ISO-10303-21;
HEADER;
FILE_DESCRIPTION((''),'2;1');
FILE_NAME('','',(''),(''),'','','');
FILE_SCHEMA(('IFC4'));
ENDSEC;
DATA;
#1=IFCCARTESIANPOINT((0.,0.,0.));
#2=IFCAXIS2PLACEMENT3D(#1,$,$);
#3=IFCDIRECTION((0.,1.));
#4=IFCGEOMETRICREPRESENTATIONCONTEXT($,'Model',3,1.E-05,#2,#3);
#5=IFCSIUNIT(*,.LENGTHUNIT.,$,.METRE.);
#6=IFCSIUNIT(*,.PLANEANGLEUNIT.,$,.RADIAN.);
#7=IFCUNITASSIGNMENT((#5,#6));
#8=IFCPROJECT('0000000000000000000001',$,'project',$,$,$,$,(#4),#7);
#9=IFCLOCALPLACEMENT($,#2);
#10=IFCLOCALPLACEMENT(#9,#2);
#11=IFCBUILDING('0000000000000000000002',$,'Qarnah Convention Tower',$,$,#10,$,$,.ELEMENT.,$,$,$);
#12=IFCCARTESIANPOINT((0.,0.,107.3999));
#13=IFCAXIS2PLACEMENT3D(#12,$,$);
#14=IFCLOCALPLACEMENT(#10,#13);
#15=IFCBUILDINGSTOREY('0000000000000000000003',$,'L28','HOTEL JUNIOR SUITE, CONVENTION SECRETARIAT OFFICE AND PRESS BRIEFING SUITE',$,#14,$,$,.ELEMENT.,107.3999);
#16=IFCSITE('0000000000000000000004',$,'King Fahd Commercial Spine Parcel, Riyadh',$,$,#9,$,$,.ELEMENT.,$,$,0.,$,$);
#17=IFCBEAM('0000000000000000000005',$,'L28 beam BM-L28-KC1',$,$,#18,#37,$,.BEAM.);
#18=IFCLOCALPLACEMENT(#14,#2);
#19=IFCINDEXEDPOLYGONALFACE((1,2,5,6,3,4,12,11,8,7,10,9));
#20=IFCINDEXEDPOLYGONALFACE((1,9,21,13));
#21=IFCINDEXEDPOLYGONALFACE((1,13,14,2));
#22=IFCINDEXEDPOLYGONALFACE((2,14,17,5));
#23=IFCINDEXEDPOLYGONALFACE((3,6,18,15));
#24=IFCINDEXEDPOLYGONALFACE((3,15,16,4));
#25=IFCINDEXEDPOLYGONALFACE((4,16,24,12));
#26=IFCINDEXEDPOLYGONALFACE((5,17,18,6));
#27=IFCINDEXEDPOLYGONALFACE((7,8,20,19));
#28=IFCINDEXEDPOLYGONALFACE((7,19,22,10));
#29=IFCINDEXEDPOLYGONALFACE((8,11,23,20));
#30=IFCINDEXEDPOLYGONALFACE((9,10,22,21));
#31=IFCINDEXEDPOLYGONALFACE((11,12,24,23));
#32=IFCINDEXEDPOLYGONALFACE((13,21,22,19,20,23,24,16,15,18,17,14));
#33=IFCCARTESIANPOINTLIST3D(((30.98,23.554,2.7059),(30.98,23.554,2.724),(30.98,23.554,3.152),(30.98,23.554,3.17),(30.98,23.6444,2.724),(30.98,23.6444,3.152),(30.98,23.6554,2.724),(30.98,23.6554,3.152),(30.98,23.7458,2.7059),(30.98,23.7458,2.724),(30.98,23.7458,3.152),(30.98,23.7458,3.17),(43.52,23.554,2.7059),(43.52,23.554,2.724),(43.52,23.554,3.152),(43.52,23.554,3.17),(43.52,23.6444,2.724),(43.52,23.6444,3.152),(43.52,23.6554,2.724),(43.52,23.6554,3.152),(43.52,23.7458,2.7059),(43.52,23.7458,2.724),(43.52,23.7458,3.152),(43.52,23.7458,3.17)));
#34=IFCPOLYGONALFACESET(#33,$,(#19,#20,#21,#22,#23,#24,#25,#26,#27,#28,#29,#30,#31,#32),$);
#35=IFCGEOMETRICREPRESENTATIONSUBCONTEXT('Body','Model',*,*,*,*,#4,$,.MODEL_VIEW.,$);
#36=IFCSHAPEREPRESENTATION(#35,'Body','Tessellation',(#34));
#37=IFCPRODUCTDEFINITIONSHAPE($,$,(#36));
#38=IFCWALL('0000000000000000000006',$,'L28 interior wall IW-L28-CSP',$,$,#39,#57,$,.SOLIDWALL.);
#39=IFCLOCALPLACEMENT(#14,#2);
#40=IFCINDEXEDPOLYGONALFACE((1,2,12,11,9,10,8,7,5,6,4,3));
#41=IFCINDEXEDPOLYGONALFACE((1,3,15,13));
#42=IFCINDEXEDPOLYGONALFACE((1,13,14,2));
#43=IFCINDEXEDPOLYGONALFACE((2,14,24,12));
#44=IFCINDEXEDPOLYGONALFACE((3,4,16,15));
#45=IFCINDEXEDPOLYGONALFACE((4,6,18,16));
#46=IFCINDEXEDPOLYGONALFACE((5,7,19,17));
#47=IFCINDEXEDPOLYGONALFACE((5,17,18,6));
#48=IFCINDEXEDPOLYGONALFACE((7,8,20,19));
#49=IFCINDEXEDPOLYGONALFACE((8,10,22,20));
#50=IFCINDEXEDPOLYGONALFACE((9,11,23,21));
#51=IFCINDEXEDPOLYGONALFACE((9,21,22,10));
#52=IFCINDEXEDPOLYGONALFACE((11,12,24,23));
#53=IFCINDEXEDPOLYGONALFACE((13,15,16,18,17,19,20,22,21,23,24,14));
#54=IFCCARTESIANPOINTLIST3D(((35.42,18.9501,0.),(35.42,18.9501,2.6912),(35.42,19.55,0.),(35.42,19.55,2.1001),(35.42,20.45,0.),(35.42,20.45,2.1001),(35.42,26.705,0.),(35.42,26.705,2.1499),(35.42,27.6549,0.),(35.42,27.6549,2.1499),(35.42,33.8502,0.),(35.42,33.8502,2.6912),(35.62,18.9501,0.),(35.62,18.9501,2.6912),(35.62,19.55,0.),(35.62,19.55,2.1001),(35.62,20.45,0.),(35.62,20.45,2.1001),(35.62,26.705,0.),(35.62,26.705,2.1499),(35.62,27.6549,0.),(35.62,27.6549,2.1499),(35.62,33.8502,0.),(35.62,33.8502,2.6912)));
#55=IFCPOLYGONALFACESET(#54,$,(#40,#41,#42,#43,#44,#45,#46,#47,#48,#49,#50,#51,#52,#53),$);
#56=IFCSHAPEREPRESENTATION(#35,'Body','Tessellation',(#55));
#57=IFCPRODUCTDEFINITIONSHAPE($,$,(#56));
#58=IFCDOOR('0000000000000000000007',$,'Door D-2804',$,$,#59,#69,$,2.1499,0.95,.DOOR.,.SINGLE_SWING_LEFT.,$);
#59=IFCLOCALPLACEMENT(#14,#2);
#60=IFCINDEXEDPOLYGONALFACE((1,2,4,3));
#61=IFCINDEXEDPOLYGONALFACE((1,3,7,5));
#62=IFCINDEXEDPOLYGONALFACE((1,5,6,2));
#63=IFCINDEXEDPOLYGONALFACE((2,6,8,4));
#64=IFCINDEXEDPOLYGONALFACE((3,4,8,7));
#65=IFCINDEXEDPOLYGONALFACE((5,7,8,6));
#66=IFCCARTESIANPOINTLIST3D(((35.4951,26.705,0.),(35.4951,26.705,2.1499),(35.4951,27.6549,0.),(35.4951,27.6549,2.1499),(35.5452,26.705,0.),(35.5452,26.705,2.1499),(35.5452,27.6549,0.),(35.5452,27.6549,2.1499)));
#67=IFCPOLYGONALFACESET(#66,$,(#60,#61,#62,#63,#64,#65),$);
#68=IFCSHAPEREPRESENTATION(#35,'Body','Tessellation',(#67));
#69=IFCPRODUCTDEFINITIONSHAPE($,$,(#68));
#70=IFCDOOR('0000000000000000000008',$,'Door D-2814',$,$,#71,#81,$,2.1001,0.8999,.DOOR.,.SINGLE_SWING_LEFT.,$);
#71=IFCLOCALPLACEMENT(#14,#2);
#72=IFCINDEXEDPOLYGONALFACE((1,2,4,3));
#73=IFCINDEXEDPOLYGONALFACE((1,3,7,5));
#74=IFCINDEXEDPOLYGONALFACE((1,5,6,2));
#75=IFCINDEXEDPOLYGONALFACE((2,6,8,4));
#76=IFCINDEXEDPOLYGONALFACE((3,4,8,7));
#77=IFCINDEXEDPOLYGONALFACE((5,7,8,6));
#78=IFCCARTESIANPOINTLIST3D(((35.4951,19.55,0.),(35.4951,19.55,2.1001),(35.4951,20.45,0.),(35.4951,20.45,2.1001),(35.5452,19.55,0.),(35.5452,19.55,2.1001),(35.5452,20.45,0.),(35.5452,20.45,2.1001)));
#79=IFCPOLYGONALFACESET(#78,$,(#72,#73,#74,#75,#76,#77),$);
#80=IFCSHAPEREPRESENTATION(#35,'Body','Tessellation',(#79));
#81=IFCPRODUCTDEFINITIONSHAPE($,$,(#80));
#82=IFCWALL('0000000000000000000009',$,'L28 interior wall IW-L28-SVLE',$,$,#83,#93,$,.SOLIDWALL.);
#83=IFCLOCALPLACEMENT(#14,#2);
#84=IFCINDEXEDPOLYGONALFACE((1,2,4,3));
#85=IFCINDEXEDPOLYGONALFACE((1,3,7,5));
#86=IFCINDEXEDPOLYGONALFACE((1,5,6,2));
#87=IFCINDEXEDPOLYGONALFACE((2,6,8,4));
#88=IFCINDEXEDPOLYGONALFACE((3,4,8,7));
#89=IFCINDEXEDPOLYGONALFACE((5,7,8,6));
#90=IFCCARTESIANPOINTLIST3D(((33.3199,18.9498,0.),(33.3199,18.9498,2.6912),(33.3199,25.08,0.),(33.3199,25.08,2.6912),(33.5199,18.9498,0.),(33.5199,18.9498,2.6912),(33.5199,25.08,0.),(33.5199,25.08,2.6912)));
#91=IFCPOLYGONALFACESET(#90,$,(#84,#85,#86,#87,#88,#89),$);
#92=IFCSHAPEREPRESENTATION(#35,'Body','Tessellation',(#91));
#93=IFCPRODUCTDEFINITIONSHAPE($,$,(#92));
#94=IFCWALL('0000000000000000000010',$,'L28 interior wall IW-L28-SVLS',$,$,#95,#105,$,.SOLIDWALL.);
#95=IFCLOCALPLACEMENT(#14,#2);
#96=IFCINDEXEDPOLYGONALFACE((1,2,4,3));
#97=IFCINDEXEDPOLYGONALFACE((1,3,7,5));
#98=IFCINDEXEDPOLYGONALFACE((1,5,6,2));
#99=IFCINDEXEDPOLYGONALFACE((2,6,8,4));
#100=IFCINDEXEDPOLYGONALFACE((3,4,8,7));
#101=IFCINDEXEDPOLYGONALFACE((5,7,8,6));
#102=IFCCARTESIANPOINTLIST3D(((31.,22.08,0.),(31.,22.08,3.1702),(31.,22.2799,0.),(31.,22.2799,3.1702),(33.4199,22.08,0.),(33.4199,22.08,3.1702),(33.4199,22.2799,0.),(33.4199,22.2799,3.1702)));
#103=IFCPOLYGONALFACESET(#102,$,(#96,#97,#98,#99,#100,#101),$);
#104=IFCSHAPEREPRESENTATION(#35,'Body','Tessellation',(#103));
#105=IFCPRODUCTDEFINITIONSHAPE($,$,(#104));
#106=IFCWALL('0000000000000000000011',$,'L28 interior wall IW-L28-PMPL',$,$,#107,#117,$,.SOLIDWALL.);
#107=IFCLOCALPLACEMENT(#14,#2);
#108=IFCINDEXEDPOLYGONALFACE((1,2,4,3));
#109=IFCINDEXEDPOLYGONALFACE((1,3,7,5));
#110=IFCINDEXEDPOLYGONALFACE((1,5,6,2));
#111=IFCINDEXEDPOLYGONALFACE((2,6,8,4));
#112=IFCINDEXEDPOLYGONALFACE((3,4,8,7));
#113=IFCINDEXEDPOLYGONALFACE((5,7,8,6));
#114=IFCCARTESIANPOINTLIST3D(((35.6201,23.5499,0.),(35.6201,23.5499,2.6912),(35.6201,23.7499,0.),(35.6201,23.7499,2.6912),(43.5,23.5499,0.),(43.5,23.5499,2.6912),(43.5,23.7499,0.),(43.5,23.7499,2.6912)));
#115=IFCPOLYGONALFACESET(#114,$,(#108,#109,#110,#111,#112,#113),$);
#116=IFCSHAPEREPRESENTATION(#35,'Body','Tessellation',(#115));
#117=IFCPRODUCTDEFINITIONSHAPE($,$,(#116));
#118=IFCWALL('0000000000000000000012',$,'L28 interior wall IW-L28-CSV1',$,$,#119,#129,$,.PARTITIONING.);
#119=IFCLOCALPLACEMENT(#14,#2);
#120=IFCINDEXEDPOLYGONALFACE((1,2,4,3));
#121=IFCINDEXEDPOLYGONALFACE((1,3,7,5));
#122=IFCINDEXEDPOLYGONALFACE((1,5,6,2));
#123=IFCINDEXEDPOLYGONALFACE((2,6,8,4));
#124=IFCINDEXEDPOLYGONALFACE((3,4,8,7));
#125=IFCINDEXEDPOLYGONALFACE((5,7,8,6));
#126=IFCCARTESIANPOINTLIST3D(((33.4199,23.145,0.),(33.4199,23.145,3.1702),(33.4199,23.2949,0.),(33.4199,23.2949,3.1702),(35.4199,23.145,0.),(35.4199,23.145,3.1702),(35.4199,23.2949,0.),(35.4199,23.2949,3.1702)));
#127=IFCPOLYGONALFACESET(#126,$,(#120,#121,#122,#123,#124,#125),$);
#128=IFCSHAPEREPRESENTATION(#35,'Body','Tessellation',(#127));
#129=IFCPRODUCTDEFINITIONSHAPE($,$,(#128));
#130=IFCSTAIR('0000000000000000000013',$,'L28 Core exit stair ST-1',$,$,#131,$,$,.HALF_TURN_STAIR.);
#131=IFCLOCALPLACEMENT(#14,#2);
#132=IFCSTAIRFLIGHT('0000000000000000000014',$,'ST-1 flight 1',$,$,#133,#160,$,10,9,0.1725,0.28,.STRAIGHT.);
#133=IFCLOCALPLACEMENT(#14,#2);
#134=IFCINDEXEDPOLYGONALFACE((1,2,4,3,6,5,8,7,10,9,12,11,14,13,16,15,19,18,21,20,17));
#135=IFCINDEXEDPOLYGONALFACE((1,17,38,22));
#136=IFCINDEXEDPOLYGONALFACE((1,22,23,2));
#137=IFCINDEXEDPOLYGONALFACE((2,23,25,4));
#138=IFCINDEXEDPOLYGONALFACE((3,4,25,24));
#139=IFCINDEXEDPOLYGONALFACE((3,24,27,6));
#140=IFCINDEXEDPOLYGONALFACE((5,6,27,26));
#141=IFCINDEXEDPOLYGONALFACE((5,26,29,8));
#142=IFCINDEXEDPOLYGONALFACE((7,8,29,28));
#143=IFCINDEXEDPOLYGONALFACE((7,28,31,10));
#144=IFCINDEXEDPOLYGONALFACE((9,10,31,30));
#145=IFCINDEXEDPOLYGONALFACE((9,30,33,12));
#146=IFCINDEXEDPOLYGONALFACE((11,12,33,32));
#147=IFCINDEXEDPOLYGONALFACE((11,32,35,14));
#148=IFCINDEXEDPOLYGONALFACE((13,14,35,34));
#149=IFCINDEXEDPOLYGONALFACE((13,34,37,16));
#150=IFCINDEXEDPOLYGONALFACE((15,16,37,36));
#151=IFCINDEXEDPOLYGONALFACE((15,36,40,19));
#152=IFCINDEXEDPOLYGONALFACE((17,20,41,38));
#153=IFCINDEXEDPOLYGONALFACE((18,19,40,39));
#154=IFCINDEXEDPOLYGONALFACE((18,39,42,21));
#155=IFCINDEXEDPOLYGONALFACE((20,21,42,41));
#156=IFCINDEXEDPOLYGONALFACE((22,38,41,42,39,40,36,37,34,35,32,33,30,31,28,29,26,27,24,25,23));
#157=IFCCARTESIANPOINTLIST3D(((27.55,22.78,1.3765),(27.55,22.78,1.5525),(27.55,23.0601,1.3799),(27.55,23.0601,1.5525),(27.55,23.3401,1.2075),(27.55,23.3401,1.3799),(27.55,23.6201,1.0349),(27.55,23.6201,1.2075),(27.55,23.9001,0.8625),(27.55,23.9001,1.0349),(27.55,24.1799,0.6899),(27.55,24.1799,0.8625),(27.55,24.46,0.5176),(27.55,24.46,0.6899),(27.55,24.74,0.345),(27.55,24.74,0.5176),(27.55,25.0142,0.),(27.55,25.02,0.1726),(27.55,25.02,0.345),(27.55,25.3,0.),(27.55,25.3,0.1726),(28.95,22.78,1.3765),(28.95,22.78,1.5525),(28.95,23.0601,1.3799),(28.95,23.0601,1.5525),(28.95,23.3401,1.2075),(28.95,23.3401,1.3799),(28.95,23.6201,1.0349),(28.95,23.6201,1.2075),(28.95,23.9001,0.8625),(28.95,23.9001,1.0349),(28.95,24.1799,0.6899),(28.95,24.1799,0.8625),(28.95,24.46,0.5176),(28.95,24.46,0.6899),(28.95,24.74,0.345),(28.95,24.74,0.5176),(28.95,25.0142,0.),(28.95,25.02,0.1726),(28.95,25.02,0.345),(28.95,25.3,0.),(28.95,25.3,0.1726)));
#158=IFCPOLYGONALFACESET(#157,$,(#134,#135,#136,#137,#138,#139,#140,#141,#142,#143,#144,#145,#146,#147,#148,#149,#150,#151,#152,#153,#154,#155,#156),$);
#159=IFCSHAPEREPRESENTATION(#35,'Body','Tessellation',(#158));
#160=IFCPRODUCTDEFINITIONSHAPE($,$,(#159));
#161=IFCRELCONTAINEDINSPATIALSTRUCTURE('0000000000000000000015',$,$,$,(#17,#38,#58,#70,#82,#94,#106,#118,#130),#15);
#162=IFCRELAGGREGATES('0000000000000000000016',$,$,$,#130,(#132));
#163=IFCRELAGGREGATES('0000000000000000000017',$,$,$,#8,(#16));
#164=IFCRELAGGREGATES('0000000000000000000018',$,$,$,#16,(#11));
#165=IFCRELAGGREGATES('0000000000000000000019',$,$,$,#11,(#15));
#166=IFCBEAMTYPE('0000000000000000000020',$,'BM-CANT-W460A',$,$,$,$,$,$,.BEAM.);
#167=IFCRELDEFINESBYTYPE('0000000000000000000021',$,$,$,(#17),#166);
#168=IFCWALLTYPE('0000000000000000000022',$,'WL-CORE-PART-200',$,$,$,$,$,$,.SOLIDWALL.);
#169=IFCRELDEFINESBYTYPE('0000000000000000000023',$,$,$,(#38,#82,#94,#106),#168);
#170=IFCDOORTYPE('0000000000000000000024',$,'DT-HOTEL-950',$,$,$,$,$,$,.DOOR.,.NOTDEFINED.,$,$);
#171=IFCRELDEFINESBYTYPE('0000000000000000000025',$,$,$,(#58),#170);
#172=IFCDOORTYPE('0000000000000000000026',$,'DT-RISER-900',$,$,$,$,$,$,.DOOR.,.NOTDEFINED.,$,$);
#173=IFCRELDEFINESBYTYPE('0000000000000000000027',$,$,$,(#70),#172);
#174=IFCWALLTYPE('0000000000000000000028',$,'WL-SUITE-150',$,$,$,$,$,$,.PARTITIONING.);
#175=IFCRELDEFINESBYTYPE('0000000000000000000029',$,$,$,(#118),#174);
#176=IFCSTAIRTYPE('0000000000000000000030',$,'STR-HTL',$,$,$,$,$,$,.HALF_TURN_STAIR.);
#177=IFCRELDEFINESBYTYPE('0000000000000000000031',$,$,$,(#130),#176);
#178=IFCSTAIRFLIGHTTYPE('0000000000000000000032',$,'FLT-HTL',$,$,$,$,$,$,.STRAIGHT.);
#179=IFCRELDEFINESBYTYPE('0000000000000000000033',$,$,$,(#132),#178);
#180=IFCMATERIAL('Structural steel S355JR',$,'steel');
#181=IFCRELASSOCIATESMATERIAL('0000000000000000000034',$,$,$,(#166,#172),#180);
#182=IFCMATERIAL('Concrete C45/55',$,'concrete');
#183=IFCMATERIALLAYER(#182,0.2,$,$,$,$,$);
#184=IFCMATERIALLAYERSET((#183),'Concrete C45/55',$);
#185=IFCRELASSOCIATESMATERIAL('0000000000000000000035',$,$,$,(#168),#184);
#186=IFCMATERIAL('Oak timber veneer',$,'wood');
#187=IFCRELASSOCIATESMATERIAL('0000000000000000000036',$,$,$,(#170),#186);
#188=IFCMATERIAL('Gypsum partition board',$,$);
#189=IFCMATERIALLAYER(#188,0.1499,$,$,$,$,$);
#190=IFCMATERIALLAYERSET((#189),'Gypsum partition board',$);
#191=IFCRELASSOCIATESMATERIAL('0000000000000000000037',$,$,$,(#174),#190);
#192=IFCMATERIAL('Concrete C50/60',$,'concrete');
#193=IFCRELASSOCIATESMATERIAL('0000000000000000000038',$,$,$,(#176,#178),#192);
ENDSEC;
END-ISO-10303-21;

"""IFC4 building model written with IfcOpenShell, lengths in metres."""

from ifc_helpers import new_model, si_unit, direction, frame, frame_2d, origin, origin_2d, place, context, subcontext, project, spatial, polyline, rectangle, i_section, outline, extrude, material, layer, layer_set, material_profile, profile_set, type_object, element, fill, aggregate, save


model = new_model("IFC4")

# Units and contexts
model_context = context("Model", 3, precision=1e-05, world=origin(), true_north=direction((0.0, 1.0)))
body_context = subcontext(model_context, "Body", "Model", "MODEL_VIEW")
ifc_project = project(units=[si_unit("LENGTHUNIT", "METRE"), si_unit("PLANEANGLEUNIT", "RADIAN")], contexts=[model_context])

# Site, building, storey
site_placement = place(None, origin())
site = spatial("IfcSite", under=ifc_project, at=site_placement, Name="King Fahd Commercial Spine Parcel, Riyadh", CompositionType="ELEMENT", RefElevation=0.0)
building_placement = place(site_placement, origin())
building = spatial("IfcBuilding", under=site, at=building_placement, Name="Qarnah Convention Tower", CompositionType="ELEMENT")
storey_placement = place(building_placement, frame((0.0, 0.0, 107.3999)))
storey = spatial("IfcBuildingStorey", under=building, at=storey_placement, Name="L28", Description="HOTEL JUNIOR SUITE, CONVENTION SECRETARIAT OFFICE AND PRESS BRIEFING SUITE", CompositionType="ELEMENT", Elevation=107.3999)

# Beam
ifc_material_1 = material(Name="Structural steel S355JR", Category="steel")
ifc_material_profile = material_profile(ifc_material_1, i_section(OverallWidth=0.1919, OverallDepth=0.4641, WebThickness=0.011, FlangeThickness=0.0181, at=origin_2d()), Name="W460X89")
ifc_profile_set = profile_set([ifc_material_profile], Name="Structural steel S355JR")
beam_type = type_object("IfcBeamType", Name="BM-CANT-W460A", PredefinedType="BEAM", material=ifc_profile_set)
beam_placement = place(storey_placement, frame((30.98, 23.6499, 2.938), z_axis=(1.0, 0.0, 0.0), x_axis=(0.0, 1.0, 0.0)))
element("IfcBeam", 1, at=beam_placement, inside=storey, type_object=beam_type, Name="L28 beam BM-L28-KC1", PredefinedType="BEAM", context=body_context, shape_type="SweptSolid", body=[
    extrude(i_section(OverallWidth=0.1919, OverallDepth=0.4641, WebThickness=0.011, FlangeThickness=0.0181, at=origin_2d()), origin(), (0.0, 0.0, 1.0), 12.54),
])

# Wall, openings, doors
ifc_material_2 = material(Name="Concrete C45/55", Category="concrete")
ifc_layer_1 = layer(ifc_material_2, 0.2)
ifc_layer_set_1 = layer_set([ifc_layer_1], Name="Concrete C45/55")
wall_type_1 = type_object("IfcWallType", Name="WL-CORE-PART-200", PredefinedType="SOLIDWALL", material=ifc_layer_set_1)
wall_1_placement = place(storey_placement, frame((35.52, 18.95, 0.0), z_axis=(0.0, 0.0, 1.0), x_axis=(0.0, 1.0, 0.0)))
wall_1 = element("IfcWall", 2, at=wall_1_placement, inside=storey, type_object=wall_type_1, Name="L28 interior wall IW-L28-CSP", PredefinedType="SOLIDWALL", context=body_context, shape_type="SweptSolid", body=[
    extrude(rectangle(XDim=14.9001, YDim=0.2, at=frame_2d((7.4502, 0.0))), origin(), (0.0, 0.0, 1.0), 2.6912),
])
opening_1_placement = place(wall_1_placement, frame((7.7549, 0.0, 0.0)))
opening_1 = element("IfcOpeningElement", 3, at=opening_1_placement, cuts=wall_1, PredefinedType="OPENING", context=body_context, shape_type="SweptSolid", body=[
    extrude(rectangle(XDim=0.95, YDim=2.1499, at=frame_2d((0.4751, 1.075))), frame((0.0, 0.1099, 0.0), z_axis=(0.0, -1.0, 0.0), x_axis=(1.0, 0.0, 0.0)), (0.0, 0.0, 1.0), 0.22),
])
opening_2_placement = place(wall_1_placement, frame((0.6001, 0.0, 0.0)))
opening_2 = element("IfcOpeningElement", 4, at=opening_2_placement, cuts=wall_1, PredefinedType="OPENING", context=body_context, shape_type="SweptSolid", body=[
    extrude(rectangle(XDim=0.8999, YDim=2.1001, at=frame_2d((0.45, 1.05))), frame((0.0, 0.1099, 0.0), z_axis=(0.0, -1.0, 0.0), x_axis=(1.0, 0.0, 0.0)), (0.0, 0.0, 1.0), 0.22),
])
ifc_material_3 = material(Name="Oak timber veneer", Category="wood")
door_type_1 = type_object("IfcDoorType", Name="DT-HOTEL-950", OperationType="NOTDEFINED", PredefinedType="DOOR", material=ifc_material_3)
door_1_placement = place(opening_1_placement, origin())
door_1 = element("IfcDoor", 5, at=door_1_placement, inside=storey, type_object=door_type_1, Name="Door D-2804", OperationType="SINGLE_SWING_LEFT", OverallHeight=2.1499, OverallWidth=0.95, PredefinedType="DOOR", context=body_context, shape_type="SweptSolid", body=[
    extrude(rectangle(XDim=0.95, YDim=2.1499, at=frame_2d((0.4751, 1.075))), frame((0.0, 0.0249, 0.0), z_axis=(0.0, -1.0, 0.0), x_axis=(1.0, 0.0, 0.0)), (0.0, 0.0, 1.0), 0.05),
])
fill(opening_1, door_1)
door_type_2 = type_object("IfcDoorType", Name="DT-RISER-900", OperationType="NOTDEFINED", PredefinedType="DOOR", material=ifc_material_1)
door_2_placement = place(opening_2_placement, origin())
door_2 = element("IfcDoor", 6, at=door_2_placement, inside=storey, type_object=door_type_2, Name="Door D-2814", OperationType="SINGLE_SWING_LEFT", OverallHeight=2.1001, OverallWidth=0.8999, PredefinedType="DOOR", context=body_context, shape_type="SweptSolid", body=[
    extrude(rectangle(XDim=0.8999, YDim=2.1001, at=frame_2d((0.45, 1.05))), frame((0.0, 0.0249, 0.0), z_axis=(0.0, -1.0, 0.0), x_axis=(1.0, 0.0, 0.0)), (0.0, 0.0, 1.0), 0.05),
])
fill(opening_2, door_2)

# Walls
wall_2_placement = place(storey_placement, frame((33.4199, 18.95, 0.0), z_axis=(0.0, 0.0, 1.0), x_axis=(0.0, 1.0, 0.0)))
element("IfcWall", 7, at=wall_2_placement, inside=storey, type_object=wall_type_1, Name="L28 interior wall IW-L28-SVLE", PredefinedType="SOLIDWALL", context=body_context, shape_type="SweptSolid", body=[
    extrude(rectangle(XDim=6.1301, YDim=0.2, at=frame_2d((3.0649, 0.0))), origin(), (0.0, 0.0, 1.0), 2.6912),
])
wall_3_placement = place(storey_placement, frame((31.0, 22.1799, 0.0), z_axis=(0.0, 0.0, 1.0), x_axis=(1.0, 0.0, 0.0)))
element("IfcWall", 8, at=wall_3_placement, inside=storey, type_object=wall_type_1, Name="L28 interior wall IW-L28-SVLS", PredefinedType="SOLIDWALL", context=body_context, shape_type="SweptSolid", body=[
    extrude(rectangle(XDim=2.4199, YDim=0.2, at=frame_2d((1.21, 0.0))), origin(), (0.0, 0.0, 1.0), 3.1702),
])
wall_4_placement = place(storey_placement, frame((35.6201, 23.6499, 0.0), z_axis=(0.0, 0.0, 1.0), x_axis=(1.0, 0.0, 0.0)))
element("IfcWall", 9, at=wall_4_placement, inside=storey, type_object=wall_type_1, Name="L28 interior wall IW-L28-PMPL", PredefinedType="SOLIDWALL", context=body_context, shape_type="SweptSolid", body=[
    extrude(rectangle(XDim=7.8799, YDim=0.2, at=frame_2d((3.9399, 0.0))), origin(), (0.0, 0.0, 1.0), 2.6912),
])

# Wall
ifc_material_4 = material(Name="Gypsum partition board")
ifc_layer_2 = layer(ifc_material_4, 0.1499)
ifc_layer_set_2 = layer_set([ifc_layer_2], Name="Gypsum partition board")
wall_type_2 = type_object("IfcWallType", Name="WL-SUITE-150", PredefinedType="PARTITIONING", material=ifc_layer_set_2)
wall_5_placement = place(storey_placement, frame((33.4199, 23.22, 0.0), z_axis=(0.0, 0.0, 1.0), x_axis=(1.0, 0.0, 0.0)))
element("IfcWall", 10, at=wall_5_placement, inside=storey, type_object=wall_type_2, Name="L28 interior wall IW-L28-CSV1", PredefinedType="PARTITIONING", context=body_context, shape_type="SweptSolid", body=[
    extrude(rectangle(XDim=2.0, YDim=0.1499, at=frame_2d((1.0, 0.0))), origin(), (0.0, 0.0, 1.0), 3.1702),
])

# Stair, stair flight
ifc_material_5 = material(Name="Concrete C50/60", Category="concrete")
stair_type = type_object("IfcStairType", Name="STR-HTL", PredefinedType="HALF_TURN_STAIR", material=ifc_material_5)
stair_placement = place(storey_placement, origin())
stair = element("IfcStair", 11, at=stair_placement, inside=storey, type_object=stair_type, Name="L28 Core exit stair ST-1", PredefinedType="HALF_TURN_STAIR")
stair_flight_type = type_object("IfcStairFlightType", Name="FLT-HTL", PredefinedType="STRAIGHT", material=ifc_material_5)
stair_flight_1_placement = place(storey_placement, frame((28.25, 25.3, 0.0), z_axis=(0.0, 0.0, 1.0), x_axis=(0.0, -1.0, 0.0)))
stair_flight_1 = element("IfcStairFlight", 12, at=stair_flight_1_placement, type_object=stair_flight_type, Name="ST-1 flight 1", NumberOfRisers=10, NumberOfTreads=9, PredefinedType="STRAIGHT", RiserHeight=0.1725, TreadLength=0.28, context=body_context, shape_type="SweptSolid", body=[
    extrude(outline(polyline([(0.0, 0.0), (0.0, 0.1726), (0.28, 0.1726), (0.28, 0.345), (0.5601, 0.345), (0.5601, 0.5176), (0.8401, 0.5176), (0.8401, 0.6899), (1.1201, 0.6899), (1.1201, 0.8625), (1.3999, 0.8625), (1.3999, 1.0349), (1.6799, 1.0349), (1.6799, 1.2075), (1.96, 1.2075), (1.96, 1.3799), (2.24, 1.3799), (2.24, 1.5525), (2.52, 1.5525), (2.52, 1.7251), (2.52, 1.3765), (0.2859, 0.0), (0.0, 0.0)])), frame((0.0, 0.7, 0.0), z_axis=(0.0, -1.0, 0.0), x_axis=(1.0, 0.0, 0.0)), (0.0, 0.0, 1.0), 1.3999),
])
aggregate(stair, [stair_flight_1])

save(model, "model.ifc")
